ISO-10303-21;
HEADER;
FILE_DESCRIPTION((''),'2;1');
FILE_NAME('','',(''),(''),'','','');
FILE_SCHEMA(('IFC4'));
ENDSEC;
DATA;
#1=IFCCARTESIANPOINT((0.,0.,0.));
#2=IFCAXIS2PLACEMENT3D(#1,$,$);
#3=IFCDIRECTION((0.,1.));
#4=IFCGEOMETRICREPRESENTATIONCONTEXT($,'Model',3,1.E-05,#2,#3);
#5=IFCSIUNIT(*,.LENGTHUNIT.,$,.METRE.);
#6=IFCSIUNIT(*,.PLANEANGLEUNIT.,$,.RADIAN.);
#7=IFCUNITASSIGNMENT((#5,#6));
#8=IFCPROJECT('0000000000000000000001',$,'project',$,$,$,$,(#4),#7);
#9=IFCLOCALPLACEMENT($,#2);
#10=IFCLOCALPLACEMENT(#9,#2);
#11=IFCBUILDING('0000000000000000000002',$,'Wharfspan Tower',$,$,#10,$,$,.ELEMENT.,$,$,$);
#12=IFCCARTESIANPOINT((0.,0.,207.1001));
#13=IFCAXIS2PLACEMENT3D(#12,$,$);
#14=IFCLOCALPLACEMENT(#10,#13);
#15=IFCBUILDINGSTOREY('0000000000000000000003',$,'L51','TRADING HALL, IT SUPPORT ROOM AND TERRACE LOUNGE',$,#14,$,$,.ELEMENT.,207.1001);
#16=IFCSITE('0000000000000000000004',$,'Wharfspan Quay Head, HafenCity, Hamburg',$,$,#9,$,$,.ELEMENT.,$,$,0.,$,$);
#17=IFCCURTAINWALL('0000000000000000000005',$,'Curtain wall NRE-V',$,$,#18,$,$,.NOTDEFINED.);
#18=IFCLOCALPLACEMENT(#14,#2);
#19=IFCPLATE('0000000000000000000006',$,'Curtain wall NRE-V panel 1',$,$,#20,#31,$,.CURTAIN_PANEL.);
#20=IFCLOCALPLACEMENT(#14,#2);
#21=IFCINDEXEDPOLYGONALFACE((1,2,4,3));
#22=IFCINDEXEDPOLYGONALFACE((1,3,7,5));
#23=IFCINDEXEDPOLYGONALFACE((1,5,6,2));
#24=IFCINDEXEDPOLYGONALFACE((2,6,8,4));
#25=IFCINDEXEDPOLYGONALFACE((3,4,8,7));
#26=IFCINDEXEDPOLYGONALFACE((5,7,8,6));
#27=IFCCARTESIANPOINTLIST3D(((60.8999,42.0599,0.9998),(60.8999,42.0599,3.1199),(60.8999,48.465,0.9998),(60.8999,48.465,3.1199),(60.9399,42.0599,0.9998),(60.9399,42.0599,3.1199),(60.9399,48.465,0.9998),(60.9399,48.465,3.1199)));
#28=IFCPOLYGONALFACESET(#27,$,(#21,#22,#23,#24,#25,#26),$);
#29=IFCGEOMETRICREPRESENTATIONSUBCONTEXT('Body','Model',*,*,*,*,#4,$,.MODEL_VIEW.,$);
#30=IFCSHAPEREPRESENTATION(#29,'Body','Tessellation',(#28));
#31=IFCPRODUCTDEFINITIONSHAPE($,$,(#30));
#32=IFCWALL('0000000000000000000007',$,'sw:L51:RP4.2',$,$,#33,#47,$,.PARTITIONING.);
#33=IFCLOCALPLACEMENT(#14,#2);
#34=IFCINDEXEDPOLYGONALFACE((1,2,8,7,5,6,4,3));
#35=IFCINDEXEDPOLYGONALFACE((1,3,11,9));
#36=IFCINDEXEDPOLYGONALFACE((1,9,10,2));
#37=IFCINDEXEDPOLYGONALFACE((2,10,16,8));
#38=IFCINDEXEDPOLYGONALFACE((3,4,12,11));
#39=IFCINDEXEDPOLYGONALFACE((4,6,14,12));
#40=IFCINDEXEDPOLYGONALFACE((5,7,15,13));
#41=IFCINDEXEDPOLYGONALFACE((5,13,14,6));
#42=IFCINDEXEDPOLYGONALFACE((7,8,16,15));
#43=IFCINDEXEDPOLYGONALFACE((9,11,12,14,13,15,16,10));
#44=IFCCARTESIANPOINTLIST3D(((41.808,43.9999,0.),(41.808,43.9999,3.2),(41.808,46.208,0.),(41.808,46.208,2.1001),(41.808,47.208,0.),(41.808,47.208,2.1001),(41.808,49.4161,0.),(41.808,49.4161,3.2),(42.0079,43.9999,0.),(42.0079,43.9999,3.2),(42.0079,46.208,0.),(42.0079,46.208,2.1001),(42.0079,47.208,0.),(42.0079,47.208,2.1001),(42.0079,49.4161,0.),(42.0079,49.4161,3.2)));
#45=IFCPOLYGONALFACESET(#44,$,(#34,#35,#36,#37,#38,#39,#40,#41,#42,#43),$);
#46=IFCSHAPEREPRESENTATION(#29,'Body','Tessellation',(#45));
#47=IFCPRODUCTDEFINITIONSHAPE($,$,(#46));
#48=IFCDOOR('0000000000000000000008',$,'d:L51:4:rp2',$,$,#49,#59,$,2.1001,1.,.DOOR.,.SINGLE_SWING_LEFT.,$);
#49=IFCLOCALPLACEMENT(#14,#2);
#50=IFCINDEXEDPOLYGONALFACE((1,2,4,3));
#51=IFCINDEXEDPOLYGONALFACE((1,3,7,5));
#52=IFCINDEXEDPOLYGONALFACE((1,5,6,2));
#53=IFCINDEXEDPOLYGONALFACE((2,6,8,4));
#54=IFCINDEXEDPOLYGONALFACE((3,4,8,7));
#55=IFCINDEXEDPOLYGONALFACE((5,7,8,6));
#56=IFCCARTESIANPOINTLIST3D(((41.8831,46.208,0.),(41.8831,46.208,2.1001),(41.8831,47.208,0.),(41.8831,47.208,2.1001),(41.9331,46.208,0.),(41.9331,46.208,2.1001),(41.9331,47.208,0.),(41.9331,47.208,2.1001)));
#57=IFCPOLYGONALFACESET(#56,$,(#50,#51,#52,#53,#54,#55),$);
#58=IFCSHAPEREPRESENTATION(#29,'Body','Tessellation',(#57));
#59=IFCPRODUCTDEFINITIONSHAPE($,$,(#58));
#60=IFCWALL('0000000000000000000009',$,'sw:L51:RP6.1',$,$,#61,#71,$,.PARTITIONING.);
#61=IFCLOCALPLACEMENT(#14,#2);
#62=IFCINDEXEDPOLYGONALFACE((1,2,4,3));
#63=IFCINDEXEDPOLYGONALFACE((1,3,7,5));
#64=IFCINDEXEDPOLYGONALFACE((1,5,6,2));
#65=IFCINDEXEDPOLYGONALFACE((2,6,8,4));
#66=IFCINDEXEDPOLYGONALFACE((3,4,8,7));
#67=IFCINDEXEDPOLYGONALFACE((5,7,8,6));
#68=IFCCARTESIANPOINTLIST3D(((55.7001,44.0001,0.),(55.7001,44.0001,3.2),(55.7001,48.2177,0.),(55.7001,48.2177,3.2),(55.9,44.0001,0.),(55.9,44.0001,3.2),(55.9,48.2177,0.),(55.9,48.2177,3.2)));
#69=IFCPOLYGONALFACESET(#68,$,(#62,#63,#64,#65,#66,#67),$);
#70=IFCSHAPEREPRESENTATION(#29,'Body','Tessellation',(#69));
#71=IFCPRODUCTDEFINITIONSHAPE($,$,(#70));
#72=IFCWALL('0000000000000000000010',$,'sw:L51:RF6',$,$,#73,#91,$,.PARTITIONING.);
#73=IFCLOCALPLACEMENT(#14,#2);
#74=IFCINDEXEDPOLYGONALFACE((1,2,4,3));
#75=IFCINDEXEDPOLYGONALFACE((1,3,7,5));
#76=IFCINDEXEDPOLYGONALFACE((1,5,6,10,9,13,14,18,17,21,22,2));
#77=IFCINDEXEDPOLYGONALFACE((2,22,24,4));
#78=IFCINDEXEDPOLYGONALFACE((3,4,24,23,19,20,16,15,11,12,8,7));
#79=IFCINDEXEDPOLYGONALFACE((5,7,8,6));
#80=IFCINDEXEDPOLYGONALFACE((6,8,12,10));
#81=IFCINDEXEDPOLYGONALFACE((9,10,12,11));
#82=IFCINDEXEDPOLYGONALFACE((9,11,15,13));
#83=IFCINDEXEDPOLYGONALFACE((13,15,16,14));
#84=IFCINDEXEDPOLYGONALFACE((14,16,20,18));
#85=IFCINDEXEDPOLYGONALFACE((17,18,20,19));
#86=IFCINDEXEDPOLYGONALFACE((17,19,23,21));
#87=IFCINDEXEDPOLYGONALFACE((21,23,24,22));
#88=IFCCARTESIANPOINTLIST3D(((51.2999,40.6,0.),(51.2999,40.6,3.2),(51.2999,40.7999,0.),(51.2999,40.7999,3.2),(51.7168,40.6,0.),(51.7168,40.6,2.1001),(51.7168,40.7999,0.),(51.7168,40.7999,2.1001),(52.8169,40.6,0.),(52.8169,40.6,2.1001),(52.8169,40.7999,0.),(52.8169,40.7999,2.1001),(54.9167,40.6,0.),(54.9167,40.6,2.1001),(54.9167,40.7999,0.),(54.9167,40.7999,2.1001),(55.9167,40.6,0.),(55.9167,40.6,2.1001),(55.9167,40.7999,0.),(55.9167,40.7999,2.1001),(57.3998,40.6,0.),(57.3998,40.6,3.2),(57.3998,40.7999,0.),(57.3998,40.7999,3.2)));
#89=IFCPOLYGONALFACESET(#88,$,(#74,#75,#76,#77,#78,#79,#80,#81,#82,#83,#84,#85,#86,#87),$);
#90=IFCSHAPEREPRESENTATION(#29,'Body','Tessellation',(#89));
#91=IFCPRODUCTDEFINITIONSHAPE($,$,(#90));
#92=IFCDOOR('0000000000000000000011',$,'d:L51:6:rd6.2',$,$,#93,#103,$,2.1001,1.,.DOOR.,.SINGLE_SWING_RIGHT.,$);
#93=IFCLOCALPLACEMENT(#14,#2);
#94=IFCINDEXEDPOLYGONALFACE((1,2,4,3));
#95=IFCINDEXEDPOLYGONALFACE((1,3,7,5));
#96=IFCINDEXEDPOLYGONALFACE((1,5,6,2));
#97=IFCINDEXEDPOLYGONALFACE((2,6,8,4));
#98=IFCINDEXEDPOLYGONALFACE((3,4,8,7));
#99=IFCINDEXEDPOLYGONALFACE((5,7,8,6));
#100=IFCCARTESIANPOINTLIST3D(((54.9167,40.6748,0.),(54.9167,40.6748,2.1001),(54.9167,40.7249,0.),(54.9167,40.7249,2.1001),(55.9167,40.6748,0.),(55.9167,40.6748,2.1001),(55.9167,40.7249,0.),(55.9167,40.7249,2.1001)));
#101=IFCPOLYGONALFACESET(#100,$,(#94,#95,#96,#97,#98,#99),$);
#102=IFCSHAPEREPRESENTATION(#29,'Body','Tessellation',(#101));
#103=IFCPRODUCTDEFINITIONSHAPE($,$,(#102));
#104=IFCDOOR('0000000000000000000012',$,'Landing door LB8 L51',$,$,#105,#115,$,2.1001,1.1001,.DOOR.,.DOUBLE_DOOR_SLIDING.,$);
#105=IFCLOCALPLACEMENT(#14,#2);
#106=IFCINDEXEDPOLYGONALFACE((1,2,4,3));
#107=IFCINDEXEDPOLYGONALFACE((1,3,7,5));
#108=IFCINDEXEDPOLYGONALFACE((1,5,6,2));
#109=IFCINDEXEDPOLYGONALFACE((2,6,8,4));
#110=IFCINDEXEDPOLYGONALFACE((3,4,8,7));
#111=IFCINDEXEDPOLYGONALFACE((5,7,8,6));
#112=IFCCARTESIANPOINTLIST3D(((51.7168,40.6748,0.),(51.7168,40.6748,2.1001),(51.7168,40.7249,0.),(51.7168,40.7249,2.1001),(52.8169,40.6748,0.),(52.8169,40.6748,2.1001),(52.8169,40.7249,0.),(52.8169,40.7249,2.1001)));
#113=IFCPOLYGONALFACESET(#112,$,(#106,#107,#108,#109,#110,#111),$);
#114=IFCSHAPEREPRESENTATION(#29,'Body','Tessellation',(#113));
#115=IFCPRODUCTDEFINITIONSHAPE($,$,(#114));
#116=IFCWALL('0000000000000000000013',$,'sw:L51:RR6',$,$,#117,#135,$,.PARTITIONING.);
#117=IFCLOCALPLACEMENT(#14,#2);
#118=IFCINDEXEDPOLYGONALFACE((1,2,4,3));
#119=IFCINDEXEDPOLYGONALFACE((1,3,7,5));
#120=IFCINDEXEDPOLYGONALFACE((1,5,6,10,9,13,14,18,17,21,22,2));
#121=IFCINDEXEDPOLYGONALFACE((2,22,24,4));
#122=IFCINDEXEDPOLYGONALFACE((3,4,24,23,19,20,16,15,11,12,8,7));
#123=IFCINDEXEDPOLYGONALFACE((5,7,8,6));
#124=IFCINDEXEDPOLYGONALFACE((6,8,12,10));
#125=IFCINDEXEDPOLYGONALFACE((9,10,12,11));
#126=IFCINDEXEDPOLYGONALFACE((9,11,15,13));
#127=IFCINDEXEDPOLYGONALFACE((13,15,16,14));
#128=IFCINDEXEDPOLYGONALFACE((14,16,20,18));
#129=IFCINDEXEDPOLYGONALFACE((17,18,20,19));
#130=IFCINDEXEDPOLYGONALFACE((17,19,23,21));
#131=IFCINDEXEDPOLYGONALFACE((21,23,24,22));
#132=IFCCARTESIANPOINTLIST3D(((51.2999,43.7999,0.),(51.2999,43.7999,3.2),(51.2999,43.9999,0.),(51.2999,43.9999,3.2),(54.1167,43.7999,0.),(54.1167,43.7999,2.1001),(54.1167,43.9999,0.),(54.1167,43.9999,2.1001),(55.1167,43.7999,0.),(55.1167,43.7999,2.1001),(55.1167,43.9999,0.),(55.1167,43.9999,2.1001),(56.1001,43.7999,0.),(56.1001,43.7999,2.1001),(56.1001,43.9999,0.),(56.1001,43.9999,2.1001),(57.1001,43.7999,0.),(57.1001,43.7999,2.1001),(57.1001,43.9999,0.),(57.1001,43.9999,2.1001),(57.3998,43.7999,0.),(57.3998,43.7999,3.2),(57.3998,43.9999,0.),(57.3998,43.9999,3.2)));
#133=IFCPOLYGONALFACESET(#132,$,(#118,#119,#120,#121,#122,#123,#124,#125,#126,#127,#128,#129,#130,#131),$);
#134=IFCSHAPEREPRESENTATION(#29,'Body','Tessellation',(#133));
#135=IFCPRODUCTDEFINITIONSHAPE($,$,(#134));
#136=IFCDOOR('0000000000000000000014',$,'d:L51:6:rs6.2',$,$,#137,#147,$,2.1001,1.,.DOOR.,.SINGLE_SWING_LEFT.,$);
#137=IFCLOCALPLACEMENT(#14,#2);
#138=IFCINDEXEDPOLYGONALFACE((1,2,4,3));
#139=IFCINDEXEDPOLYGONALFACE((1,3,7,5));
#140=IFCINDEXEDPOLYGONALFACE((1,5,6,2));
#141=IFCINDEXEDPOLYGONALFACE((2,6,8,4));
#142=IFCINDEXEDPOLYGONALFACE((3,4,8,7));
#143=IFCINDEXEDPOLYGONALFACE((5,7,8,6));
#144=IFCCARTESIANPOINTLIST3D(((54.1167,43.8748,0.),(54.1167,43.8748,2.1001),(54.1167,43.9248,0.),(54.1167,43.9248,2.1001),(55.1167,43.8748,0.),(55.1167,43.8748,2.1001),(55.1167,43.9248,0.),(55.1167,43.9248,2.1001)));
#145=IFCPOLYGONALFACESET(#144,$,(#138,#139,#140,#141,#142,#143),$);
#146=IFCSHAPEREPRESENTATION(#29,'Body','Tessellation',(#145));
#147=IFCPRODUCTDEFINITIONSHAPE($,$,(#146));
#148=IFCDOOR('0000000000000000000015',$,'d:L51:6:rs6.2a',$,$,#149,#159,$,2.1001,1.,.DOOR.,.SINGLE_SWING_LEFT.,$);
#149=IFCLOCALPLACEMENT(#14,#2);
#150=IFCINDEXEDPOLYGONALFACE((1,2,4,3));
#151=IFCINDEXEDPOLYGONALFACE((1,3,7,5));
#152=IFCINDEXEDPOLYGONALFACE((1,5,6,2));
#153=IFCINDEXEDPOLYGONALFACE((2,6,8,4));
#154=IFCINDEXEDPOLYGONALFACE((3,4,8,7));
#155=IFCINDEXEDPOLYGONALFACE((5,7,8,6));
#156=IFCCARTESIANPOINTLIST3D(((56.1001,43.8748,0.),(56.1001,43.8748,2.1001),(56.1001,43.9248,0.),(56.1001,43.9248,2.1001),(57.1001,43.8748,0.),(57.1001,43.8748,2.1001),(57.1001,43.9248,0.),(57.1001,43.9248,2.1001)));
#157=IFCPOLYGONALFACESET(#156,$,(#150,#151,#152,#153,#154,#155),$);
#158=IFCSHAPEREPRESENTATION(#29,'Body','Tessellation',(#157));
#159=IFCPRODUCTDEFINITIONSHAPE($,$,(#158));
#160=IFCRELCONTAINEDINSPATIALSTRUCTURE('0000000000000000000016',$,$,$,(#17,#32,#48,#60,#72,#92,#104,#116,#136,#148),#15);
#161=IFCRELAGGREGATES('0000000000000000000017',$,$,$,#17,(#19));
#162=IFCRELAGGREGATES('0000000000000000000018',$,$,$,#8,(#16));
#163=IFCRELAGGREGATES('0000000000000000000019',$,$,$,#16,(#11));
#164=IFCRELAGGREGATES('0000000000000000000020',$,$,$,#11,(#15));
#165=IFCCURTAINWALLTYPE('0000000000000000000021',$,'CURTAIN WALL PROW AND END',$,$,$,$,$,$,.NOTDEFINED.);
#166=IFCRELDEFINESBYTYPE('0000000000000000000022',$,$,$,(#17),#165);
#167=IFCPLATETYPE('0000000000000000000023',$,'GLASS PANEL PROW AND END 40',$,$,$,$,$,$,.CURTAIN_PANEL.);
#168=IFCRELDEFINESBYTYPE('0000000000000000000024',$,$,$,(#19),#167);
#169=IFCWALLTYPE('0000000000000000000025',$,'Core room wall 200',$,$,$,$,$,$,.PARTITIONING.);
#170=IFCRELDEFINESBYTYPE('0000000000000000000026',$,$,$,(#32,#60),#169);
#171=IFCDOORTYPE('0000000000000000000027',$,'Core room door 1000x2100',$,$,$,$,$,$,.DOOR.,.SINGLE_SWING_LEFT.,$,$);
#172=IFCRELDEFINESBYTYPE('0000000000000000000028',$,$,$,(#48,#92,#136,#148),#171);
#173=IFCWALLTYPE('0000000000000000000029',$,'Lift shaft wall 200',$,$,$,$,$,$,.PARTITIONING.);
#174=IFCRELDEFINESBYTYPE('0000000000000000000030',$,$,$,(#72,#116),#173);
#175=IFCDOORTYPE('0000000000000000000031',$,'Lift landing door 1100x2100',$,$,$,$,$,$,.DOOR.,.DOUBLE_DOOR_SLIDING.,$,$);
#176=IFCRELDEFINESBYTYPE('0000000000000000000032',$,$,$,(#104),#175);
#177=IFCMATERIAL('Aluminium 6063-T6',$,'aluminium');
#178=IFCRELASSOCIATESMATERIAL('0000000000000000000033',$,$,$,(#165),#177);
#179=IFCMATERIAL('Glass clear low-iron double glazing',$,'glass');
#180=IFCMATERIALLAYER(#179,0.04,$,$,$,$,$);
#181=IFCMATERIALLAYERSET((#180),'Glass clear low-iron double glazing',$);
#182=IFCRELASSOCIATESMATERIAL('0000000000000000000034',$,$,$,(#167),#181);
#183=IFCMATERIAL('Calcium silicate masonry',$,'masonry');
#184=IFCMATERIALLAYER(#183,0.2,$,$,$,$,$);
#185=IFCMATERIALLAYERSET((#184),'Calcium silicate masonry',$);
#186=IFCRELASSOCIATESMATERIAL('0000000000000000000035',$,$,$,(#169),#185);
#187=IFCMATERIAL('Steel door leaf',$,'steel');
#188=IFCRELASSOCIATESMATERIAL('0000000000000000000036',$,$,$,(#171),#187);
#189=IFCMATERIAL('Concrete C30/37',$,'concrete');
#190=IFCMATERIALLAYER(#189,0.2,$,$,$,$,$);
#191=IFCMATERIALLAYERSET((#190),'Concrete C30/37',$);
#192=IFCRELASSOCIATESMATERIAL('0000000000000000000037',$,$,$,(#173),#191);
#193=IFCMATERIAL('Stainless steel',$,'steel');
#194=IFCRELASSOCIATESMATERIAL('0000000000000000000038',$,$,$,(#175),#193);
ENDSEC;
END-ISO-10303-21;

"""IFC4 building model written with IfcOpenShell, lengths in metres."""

from ifc_helpers import new_model, si_unit, direction, frame, frame_2d, origin, origin_2d, place, context, subcontext, project, spatial, rectangle, extrude, material, layer, layer_set, type_object, element, fill, aggregate, save


model = new_model("IFC4")

# Units and contexts
model_context = context("Model", 3, precision=1e-05, world=origin(), true_north=direction((0.0, 1.0)))
body_context = subcontext(model_context, "Body", "Model", "MODEL_VIEW")
ifc_project = project(units=[si_unit("LENGTHUNIT", "METRE"), si_unit("PLANEANGLEUNIT", "RADIAN")], contexts=[model_context])

# Site, building, storey
site_placement = place(None, origin())
site = spatial("IfcSite", under=ifc_project, at=site_placement, Name="Wharfspan Quay Head, HafenCity, Hamburg", CompositionType="ELEMENT", RefElevation=0.0)
building_placement = place(site_placement, origin())
building = spatial("IfcBuilding", under=site, at=building_placement, Name="Wharfspan Tower", CompositionType="ELEMENT")
storey_placement = place(building_placement, frame((0.0, 0.0, 207.1001)))
storey = spatial("IfcBuildingStorey", under=building, at=storey_placement, Name="L51", Description="TRADING HALL, IT SUPPORT ROOM AND TERRACE LOUNGE", CompositionType="ELEMENT", Elevation=207.1001)

# Shared definitions
ifc_material_1 = material(Name="Aluminium 6063-T6", Category="aluminium")
curtain_wall_type = type_object("IfcCurtainWallType", Name="CURTAIN WALL PROW AND END", PredefinedType="NOTDEFINED", material=ifc_material_1)

# Curtain wall
curtain_wall_1_placement = place(storey_placement, origin())
curtain_wall_1 = element("IfcCurtainWall", 1, at=curtain_wall_1_placement, inside=storey, type_object=curtain_wall_type, Name="Curtain wall NRE-V", PredefinedType="NOTDEFINED")

# Plate
ifc_material_2 = material(Name="Glass clear low-iron double glazing", Category="glass")
ifc_layer_1 = layer(ifc_material_2, 0.04)
ifc_layer_set_1 = layer_set([ifc_layer_1], Name="Glass clear low-iron double glazing")
plate_type = type_object("IfcPlateType", Name="GLASS PANEL PROW AND END 40", PredefinedType="CURTAIN_PANEL", material=ifc_layer_set_1)
plate_1_placement = place(storey_placement, frame((60.9199, 45.2625, 0.9998), z_axis=(0.0, 0.0, 1.0), x_axis=(0.0, 1.0, 0.0)))
plate_1 = element("IfcPlate", 2, at=plate_1_placement, type_object=plate_type, Name="Curtain wall NRE-V panel 1", PredefinedType="CURTAIN_PANEL", context=body_context, shape_type="SweptSolid", body=[
    extrude(rectangle(XDim=6.405, YDim=0.04, at=origin_2d()), origin(), (0.0, 0.0, 1.0), 2.1201),
])
aggregate(curtain_wall_1, [plate_1])

# Wall, opening, door
ifc_material_3 = material(Name="Calcium silicate masonry", Category="masonry")
ifc_layer_2 = layer(ifc_material_3, 0.2)
ifc_layer_set_2 = layer_set([ifc_layer_2], Name="Calcium silicate masonry")
wall_type_1 = type_object("IfcWallType", Name="Core room wall 200", PredefinedType="PARTITIONING", material=ifc_layer_set_2)
wall_1_placement = place(storey_placement, frame((41.908, 44.0, 0.0), z_axis=(0.0, 0.0, 1.0), x_axis=(0.0, 1.0, 0.0)))
wall_1 = element("IfcWall", 3, at=wall_1_placement, inside=storey, type_object=wall_type_1, Name="sw:L51:RP4.2", PredefinedType="PARTITIONING", context=body_context, shape_type="SweptSolid", body=[
    extrude(rectangle(XDim=5.4163, YDim=0.2, at=frame_2d((2.708, 0.0))), origin(), (0.0, 0.0, 1.0), 3.2),
])
opening_1_placement = place(wall_1_placement, frame((2.208, 0.0, 0.0)))
opening_1 = element("IfcOpeningElement", 4, at=opening_1_placement, cuts=wall_1, PredefinedType="OPENING", context=body_context, shape_type="SweptSolid", body=[
    extrude(rectangle(XDim=1.0, YDim=2.1001, at=frame_2d((0.5, 1.05))), frame((0.0, 0.1099, 0.0), z_axis=(0.0, -1.0, 0.0), x_axis=(1.0, 0.0, 0.0)), (0.0, 0.0, 1.0), 0.22),
])
ifc_material_4 = material(Name="Steel door leaf", Category="steel")
door_type_1 = type_object("IfcDoorType", Name="Core room door 1000x2100", OperationType="SINGLE_SWING_LEFT", PredefinedType="DOOR", material=ifc_material_4)
door_1_placement = place(opening_1_placement, origin())
door_1 = element("IfcDoor", 5, at=door_1_placement, inside=storey, type_object=door_type_1, Name="d:L51:4:rp2", OperationType="SINGLE_SWING_LEFT", OverallHeight=2.1001, OverallWidth=1.0, PredefinedType="DOOR", context=body_context, shape_type="SweptSolid", body=[
    extrude(rectangle(XDim=1.0, YDim=2.1001, at=frame_2d((0.5, 1.05))), frame((0.0, 0.0249, 0.0), z_axis=(0.0, -1.0, 0.0), x_axis=(1.0, 0.0, 0.0)), (0.0, 0.0, 1.0), 0.05),
])
fill(opening_1, door_1)

# Wall
wall_2_placement = place(storey_placement, frame((55.8, 44.0, 0.0), z_axis=(0.0, 0.0, 1.0), x_axis=(0.0, 1.0, 0.0)))
element("IfcWall", 6, at=wall_2_placement, inside=storey, type_object=wall_type_1, Name="sw:L51:RP6.1", PredefinedType="PARTITIONING", context=body_context, shape_type="SweptSolid", body=[
    extrude(rectangle(XDim=4.2175, YDim=0.2, at=frame_2d((2.1089, 0.0))), origin(), (0.0, 0.0, 1.0), 3.2),
])

# Walls, openings, doors
ifc_material_5 = material(Name="Concrete C30/37", Category="concrete")
ifc_layer_3 = layer(ifc_material_5, 0.2)
ifc_layer_set_3 = layer_set([ifc_layer_3], Name="Concrete C30/37")
wall_type_2 = type_object("IfcWallType", Name="Lift shaft wall 200", PredefinedType="PARTITIONING", material=ifc_layer_set_3)
wall_3_placement = place(storey_placement, frame((51.3, 40.7, 0.0), z_axis=(0.0, 0.0, 1.0), x_axis=(1.0, 0.0, 0.0)))
wall_3 = element("IfcWall", 7, at=wall_3_placement, inside=storey, type_object=wall_type_2, Name="sw:L51:RF6", PredefinedType="PARTITIONING", context=body_context, shape_type="SweptSolid", body=[
    extrude(rectangle(XDim=6.0999, YDim=0.2, at=frame_2d((3.0498, 0.0))), origin(), (0.0, 0.0, 1.0), 3.2),
])
opening_2_placement = place(wall_3_placement, frame((0.4167, 0.0, 0.0)))
opening_2 = element("IfcOpeningElement", 8, at=opening_2_placement, cuts=wall_3, PredefinedType="OPENING", context=body_context, shape_type="SweptSolid", body=[
    extrude(rectangle(XDim=1.1001, YDim=2.1001, at=frame_2d((0.55, 1.05))), frame((0.0, 0.1099, 0.0), z_axis=(0.0, -1.0, 0.0), x_axis=(1.0, 0.0, 0.0)), (0.0, 0.0, 1.0), 0.22),
])
opening_3_placement = place(wall_3_placement, frame((3.6167, 0.0, 0.0)))
opening_3 = element("IfcOpeningElement", 9, at=opening_3_placement, cuts=wall_3, PredefinedType="OPENING", context=body_context, shape_type="SweptSolid", body=[
    extrude(rectangle(XDim=1.0, YDim=2.1001, at=frame_2d((0.5, 1.05))), frame((0.0, 0.1099, 0.0), z_axis=(0.0, -1.0, 0.0), x_axis=(1.0, 0.0, 0.0)), (0.0, 0.0, 1.0), 0.22),
])
door_2_placement = place(opening_3_placement, origin())
door_2 = element("IfcDoor", 10, at=door_2_placement, inside=storey, type_object=door_type_1, Name="d:L51:6:rd6.2", OperationType="SINGLE_SWING_RIGHT", OverallHeight=2.1001, OverallWidth=1.0, PredefinedType="DOOR", context=body_context, shape_type="SweptSolid", body=[
    extrude(rectangle(XDim=1.0, YDim=2.1001, at=frame_2d((0.5, 1.05))), frame((0.0, 0.0249, 0.0), z_axis=(0.0, -1.0, 0.0), x_axis=(1.0, 0.0, 0.0)), (0.0, 0.0, 1.0), 0.05),
])
fill(opening_3, door_2)
ifc_material_6 = material(Name="Stainless steel", Category="steel")
door_type_2 = type_object("IfcDoorType", Name="Lift landing door 1100x2100", OperationType="DOUBLE_DOOR_SLIDING", PredefinedType="DOOR", material=ifc_material_6)
door_3_placement = place(opening_2_placement, origin())
door_3 = element("IfcDoor", 11, at=door_3_placement, inside=storey, type_object=door_type_2, Name="Landing door LB8 L51", OperationType="DOUBLE_DOOR_SLIDING", OverallHeight=2.1001, OverallWidth=1.1001, PredefinedType="DOOR", context=body_context, shape_type="SweptSolid", body=[
    extrude(rectangle(XDim=1.1001, YDim=2.1001, at=frame_2d((0.55, 1.05))), frame((0.0, 0.0249, 0.0), z_axis=(0.0, -1.0, 0.0), x_axis=(1.0, 0.0, 0.0)), (0.0, 0.0, 1.0), 0.05),
])
fill(opening_2, door_3)
wall_4_placement = place(storey_placement, frame((51.3, 43.8999, 0.0), z_axis=(0.0, 0.0, 1.0), x_axis=(1.0, 0.0, 0.0)))
wall_4 = element("IfcWall", 12, at=wall_4_placement, inside=storey, type_object=wall_type_2, Name="sw:L51:RR6", PredefinedType="PARTITIONING", context=body_context, shape_type="SweptSolid", body=[
    extrude(rectangle(XDim=6.0999, YDim=0.2, at=frame_2d((3.0498, 0.0))), origin(), (0.0, 0.0, 1.0), 3.2),
])
opening_4_placement = place(wall_4_placement, frame((2.8167, 0.0, 0.0)))
opening_4 = element("IfcOpeningElement", 13, at=opening_4_placement, cuts=wall_4, PredefinedType="OPENING", context=body_context, shape_type="SweptSolid", body=[
    extrude(rectangle(XDim=1.0, YDim=2.1001, at=frame_2d((0.5, 1.05))), frame((0.0, 0.1099, 0.0), z_axis=(0.0, -1.0, 0.0), x_axis=(1.0, 0.0, 0.0)), (0.0, 0.0, 1.0), 0.22),
])
opening_5_placement = place(wall_4_placement, frame((4.8, 0.0, 0.0)))
opening_5 = element("IfcOpeningElement", 14, at=opening_5_placement, cuts=wall_4, PredefinedType="OPENING", context=body_context, shape_type="SweptSolid", body=[
    extrude(rectangle(XDim=1.0, YDim=2.1001, at=frame_2d((0.5, 1.05))), frame((0.0, 0.1099, 0.0), z_axis=(0.0, -1.0, 0.0), x_axis=(1.0, 0.0, 0.0)), (0.0, 0.0, 1.0), 0.22),
])
door_4_placement = place(opening_4_placement, origin())
door_4 = element("IfcDoor", 15, at=door_4_placement, inside=storey, type_object=door_type_1, Name="d:L51:6:rs6.2", OperationType="SINGLE_SWING_LEFT", OverallHeight=2.1001, OverallWidth=1.0, PredefinedType="DOOR", context=body_context, shape_type="SweptSolid", body=[
    extrude(rectangle(XDim=1.0, YDim=2.1001, at=frame_2d((0.5, 1.05))), frame((0.0, 0.0249, 0.0), z_axis=(0.0, -1.0, 0.0), x_axis=(1.0, 0.0, 0.0)), (0.0, 0.0, 1.0), 0.05),
])
fill(opening_4, door_4)
door_5_placement = place(opening_5_placement, origin())
door_5 = element("IfcDoor", 16, at=door_5_placement, inside=storey, type_object=door_type_1, Name="d:L51:6:rs6.2a", OperationType="SINGLE_SWING_LEFT", OverallHeight=2.1001, OverallWidth=1.0, PredefinedType="DOOR", context=body_context, shape_type="SweptSolid", body=[
    extrude(rectangle(XDim=1.0, YDim=2.1001, at=frame_2d((0.5, 1.05))), frame((0.0, 0.0249, 0.0), z_axis=(0.0, -1.0, 0.0), x_axis=(1.0, 0.0, 0.0)), (0.0, 0.0, 1.0), 0.05),
])
fill(opening_5, door_5)

save(model, "model.ifc")
